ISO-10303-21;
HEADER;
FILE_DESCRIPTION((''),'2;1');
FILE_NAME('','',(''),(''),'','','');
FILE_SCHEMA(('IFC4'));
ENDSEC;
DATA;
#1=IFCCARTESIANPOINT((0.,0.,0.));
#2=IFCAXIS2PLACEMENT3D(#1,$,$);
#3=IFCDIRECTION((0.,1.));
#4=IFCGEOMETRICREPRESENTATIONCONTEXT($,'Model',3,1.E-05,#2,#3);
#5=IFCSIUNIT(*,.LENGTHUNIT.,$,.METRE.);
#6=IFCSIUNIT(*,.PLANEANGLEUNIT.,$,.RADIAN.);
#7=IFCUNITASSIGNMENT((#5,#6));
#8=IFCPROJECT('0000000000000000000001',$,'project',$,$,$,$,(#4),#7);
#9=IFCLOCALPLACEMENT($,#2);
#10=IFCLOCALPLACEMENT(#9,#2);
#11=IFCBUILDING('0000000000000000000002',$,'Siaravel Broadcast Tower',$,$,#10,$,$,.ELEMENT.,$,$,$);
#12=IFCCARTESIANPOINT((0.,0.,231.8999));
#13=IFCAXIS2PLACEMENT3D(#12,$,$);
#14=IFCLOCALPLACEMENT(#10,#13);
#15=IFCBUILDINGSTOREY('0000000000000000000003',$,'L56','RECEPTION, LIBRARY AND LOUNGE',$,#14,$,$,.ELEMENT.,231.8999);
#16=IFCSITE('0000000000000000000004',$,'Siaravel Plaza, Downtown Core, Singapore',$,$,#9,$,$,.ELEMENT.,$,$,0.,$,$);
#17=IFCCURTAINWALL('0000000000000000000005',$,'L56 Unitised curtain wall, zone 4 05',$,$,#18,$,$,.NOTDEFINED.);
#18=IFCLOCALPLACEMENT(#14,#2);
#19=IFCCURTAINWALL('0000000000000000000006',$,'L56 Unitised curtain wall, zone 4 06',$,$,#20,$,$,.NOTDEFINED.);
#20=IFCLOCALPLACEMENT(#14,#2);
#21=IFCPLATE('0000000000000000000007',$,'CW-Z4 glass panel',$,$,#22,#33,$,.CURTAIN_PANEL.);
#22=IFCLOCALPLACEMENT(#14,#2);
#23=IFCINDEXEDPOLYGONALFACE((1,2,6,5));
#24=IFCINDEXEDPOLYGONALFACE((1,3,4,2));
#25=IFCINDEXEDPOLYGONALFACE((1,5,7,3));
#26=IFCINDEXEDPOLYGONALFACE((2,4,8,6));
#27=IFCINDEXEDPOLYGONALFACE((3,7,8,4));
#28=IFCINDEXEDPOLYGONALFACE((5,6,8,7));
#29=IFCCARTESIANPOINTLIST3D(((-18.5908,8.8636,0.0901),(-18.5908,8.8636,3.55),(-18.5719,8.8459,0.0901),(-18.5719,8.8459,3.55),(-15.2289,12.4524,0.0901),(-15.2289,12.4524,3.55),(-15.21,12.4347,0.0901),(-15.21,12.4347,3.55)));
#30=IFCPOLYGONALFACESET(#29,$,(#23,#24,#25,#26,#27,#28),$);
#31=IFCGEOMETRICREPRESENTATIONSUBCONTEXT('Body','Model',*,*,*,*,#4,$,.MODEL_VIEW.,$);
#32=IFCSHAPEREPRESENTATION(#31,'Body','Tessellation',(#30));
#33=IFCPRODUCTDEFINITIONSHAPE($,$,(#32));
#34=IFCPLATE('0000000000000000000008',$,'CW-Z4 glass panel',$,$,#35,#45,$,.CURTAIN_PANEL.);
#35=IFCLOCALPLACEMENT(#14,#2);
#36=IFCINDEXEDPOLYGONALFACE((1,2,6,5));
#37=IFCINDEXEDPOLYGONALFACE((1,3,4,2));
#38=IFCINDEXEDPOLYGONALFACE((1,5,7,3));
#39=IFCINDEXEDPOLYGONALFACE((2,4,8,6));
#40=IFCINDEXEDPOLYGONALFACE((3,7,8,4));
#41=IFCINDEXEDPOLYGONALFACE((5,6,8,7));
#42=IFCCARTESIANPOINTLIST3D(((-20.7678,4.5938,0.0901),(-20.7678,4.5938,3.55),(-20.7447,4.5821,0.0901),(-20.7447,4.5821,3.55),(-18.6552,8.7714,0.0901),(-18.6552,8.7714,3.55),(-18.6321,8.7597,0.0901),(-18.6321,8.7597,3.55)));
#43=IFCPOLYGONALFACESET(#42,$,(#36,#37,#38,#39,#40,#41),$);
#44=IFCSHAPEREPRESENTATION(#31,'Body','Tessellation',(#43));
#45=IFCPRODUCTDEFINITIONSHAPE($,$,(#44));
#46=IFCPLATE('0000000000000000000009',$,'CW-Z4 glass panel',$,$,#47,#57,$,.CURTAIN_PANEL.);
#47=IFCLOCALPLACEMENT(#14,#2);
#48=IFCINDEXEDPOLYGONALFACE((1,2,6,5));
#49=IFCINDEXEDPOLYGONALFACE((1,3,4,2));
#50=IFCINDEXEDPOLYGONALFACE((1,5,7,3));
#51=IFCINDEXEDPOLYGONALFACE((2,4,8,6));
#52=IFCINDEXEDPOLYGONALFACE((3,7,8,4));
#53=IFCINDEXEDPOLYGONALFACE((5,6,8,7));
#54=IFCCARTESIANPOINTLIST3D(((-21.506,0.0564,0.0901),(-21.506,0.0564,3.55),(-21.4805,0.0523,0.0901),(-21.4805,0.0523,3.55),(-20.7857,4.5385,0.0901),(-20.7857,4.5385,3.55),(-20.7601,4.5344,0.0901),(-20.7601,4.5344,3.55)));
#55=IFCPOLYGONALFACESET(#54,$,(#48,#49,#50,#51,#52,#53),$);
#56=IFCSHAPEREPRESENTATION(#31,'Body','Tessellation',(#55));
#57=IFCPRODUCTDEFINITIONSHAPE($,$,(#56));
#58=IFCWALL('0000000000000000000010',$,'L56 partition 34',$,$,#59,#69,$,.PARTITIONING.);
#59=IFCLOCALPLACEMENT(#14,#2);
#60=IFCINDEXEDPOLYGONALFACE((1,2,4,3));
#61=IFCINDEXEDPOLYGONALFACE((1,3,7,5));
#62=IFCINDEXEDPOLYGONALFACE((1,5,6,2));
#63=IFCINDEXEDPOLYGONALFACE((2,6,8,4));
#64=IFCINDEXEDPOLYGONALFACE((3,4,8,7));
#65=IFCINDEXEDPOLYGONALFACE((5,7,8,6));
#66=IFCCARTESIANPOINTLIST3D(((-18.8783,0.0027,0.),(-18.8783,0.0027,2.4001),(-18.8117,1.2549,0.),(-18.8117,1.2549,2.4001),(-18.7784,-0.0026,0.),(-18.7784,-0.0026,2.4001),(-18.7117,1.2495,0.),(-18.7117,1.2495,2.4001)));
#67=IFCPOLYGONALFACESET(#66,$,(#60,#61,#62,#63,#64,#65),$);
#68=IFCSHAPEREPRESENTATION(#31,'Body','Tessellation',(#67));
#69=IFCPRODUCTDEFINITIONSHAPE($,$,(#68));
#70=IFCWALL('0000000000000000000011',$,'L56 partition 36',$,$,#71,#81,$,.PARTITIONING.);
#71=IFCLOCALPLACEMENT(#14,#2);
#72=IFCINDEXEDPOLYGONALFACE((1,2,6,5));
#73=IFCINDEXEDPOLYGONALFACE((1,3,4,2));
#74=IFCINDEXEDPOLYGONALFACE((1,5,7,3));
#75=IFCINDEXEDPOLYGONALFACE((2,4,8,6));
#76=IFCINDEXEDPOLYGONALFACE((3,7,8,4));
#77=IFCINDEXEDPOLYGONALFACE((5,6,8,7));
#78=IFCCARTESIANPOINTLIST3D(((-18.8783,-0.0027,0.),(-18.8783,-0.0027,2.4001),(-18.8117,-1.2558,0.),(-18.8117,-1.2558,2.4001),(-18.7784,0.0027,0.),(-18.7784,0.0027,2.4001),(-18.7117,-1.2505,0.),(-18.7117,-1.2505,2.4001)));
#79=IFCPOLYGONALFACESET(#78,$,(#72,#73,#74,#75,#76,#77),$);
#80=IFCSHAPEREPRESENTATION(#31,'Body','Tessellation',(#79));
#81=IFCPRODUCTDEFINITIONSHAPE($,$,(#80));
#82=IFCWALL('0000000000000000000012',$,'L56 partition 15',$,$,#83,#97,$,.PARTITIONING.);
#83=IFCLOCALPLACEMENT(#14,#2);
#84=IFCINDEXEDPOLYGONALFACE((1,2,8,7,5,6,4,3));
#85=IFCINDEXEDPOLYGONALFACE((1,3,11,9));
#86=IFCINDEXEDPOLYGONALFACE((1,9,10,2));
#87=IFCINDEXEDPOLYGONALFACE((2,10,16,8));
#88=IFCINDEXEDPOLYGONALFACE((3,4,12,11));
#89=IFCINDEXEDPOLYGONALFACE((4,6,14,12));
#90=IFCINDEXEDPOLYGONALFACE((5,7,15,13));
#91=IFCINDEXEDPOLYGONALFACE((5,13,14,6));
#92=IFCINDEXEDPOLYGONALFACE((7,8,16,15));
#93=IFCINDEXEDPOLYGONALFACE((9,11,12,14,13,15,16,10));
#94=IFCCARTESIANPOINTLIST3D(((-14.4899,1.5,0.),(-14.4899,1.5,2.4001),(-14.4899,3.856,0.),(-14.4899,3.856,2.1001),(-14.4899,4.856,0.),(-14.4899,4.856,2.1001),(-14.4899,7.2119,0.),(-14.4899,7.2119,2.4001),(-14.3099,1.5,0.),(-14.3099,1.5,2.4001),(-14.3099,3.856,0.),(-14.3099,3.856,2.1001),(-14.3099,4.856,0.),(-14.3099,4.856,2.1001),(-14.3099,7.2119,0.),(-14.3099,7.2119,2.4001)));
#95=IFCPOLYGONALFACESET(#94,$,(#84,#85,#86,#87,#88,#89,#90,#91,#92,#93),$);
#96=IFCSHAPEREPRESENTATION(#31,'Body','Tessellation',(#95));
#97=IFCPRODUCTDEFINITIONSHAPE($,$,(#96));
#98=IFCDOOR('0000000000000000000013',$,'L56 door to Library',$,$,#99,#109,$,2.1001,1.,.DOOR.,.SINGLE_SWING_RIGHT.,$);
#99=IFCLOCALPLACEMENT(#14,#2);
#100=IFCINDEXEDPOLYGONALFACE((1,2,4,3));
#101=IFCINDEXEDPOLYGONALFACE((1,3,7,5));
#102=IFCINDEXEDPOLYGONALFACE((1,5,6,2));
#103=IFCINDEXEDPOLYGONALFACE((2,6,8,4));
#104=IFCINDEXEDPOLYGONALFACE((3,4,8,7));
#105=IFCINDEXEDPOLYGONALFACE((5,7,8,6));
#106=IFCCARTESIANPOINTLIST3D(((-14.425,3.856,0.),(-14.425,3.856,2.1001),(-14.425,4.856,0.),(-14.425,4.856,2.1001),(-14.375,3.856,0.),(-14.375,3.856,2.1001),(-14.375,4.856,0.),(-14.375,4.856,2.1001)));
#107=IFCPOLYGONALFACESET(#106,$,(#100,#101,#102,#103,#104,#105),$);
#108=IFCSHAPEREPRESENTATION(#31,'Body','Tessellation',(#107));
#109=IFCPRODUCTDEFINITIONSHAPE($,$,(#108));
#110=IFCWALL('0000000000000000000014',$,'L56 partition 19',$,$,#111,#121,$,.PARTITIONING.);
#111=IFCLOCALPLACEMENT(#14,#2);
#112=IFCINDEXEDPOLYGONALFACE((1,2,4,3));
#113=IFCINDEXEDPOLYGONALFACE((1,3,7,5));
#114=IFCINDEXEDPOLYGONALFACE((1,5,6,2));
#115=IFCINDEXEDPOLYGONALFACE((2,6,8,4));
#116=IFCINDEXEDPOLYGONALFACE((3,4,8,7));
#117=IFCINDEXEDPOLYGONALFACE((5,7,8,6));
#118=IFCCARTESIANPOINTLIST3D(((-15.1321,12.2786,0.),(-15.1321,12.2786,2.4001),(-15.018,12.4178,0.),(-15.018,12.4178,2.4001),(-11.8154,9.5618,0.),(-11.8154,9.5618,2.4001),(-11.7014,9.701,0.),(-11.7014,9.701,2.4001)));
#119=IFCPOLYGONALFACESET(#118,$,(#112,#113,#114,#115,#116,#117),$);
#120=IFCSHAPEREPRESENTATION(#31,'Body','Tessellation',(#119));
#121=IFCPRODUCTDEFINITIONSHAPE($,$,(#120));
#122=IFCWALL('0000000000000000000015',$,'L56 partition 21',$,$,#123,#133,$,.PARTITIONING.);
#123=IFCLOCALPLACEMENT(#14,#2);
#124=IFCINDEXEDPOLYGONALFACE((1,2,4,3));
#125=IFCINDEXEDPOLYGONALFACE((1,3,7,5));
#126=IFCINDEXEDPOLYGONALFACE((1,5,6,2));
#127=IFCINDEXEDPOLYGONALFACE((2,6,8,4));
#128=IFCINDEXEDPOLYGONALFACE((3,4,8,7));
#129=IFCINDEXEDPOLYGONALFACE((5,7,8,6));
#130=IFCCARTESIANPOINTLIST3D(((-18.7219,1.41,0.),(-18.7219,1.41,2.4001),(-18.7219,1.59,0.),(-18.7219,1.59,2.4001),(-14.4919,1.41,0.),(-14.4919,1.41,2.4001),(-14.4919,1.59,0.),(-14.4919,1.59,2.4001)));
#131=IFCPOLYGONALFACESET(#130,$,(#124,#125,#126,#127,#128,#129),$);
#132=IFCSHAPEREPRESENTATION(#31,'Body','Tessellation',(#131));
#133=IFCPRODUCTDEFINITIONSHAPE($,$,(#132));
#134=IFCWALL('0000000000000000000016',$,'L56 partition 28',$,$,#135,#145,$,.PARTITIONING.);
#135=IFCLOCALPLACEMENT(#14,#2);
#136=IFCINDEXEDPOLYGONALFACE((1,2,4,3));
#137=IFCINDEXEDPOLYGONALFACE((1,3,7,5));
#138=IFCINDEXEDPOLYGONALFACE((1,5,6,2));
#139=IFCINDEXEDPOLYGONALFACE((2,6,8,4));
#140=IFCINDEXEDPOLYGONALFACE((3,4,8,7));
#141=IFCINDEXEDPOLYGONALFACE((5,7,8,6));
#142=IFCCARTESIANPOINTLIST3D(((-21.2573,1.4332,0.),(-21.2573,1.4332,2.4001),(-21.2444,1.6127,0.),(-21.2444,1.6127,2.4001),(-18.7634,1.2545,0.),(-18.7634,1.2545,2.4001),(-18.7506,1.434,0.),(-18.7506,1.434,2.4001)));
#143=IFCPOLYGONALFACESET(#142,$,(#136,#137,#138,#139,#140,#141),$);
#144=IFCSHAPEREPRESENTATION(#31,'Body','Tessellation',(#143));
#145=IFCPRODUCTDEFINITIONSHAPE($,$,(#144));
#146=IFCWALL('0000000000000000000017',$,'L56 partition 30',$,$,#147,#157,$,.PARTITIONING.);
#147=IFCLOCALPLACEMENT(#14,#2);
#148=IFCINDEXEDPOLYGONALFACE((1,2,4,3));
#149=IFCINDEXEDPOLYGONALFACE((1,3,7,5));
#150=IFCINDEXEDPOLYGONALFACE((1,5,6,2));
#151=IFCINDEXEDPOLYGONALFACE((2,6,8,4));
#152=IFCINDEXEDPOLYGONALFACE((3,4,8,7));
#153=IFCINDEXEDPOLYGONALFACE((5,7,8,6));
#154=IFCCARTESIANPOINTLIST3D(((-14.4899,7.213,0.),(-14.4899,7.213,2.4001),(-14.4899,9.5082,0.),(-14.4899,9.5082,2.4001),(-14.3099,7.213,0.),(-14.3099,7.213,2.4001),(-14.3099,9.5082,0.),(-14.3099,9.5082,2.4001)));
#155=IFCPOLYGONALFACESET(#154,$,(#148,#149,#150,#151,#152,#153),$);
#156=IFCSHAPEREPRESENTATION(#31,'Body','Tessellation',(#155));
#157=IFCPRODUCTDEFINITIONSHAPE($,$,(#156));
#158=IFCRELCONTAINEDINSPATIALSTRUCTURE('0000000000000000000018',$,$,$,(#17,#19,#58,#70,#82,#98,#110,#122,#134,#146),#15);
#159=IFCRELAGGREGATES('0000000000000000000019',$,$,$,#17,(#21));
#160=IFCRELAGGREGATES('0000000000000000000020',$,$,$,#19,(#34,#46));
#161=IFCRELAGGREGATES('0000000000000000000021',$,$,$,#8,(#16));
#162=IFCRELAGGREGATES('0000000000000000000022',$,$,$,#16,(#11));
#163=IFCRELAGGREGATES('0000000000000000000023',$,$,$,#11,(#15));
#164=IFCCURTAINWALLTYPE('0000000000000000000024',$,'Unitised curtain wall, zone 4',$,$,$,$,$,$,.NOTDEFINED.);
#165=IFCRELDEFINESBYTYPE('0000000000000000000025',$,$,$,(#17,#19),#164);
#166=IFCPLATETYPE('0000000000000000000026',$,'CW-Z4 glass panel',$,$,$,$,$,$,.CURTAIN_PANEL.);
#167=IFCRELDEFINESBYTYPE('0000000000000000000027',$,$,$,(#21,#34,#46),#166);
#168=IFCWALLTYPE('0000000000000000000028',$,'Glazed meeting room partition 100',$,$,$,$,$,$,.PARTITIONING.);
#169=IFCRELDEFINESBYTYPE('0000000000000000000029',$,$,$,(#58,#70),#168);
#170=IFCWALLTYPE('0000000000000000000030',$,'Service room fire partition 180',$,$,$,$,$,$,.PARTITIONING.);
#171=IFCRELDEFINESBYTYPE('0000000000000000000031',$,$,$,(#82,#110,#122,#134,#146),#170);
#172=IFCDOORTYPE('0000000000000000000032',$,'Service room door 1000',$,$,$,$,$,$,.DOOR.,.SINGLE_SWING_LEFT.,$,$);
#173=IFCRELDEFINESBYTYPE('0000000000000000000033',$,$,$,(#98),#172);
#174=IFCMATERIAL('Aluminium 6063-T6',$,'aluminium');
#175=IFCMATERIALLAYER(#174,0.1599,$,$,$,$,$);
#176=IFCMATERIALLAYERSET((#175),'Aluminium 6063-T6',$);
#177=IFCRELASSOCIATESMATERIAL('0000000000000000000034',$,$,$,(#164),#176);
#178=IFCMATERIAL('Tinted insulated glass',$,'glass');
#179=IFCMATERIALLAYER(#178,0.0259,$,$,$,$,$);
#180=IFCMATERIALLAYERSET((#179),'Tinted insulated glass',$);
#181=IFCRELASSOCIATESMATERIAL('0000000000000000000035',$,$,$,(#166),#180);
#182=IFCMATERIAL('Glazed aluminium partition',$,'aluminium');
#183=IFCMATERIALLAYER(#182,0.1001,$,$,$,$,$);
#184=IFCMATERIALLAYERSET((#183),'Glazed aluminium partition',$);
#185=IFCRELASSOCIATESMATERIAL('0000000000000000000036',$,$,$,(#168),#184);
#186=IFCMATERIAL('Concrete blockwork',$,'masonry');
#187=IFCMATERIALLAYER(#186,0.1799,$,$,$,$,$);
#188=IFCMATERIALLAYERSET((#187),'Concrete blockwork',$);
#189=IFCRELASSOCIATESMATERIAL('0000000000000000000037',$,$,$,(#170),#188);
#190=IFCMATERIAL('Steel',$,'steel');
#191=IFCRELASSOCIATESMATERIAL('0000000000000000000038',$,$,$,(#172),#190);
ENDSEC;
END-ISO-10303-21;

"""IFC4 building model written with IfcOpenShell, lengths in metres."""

from ifc_helpers import new_model, si_unit, direction, frame, frame_2d, origin, origin_2d, place, context, subcontext, project, spatial, rectangle, extrude, material, layer, layer_set, type_object, element, fill, aggregate, save


model = new_model("IFC4")

# Units and contexts
model_context = context("Model", 3, precision=1e-05, world=origin(), true_north=direction((0.0, 1.0)))
body_context = subcontext(model_context, "Body", "Model", "MODEL_VIEW")
ifc_project = project(units=[si_unit("LENGTHUNIT", "METRE"), si_unit("PLANEANGLEUNIT", "RADIAN")], contexts=[model_context])

# Site, building, storey
site_placement = place(None, origin())
site = spatial("IfcSite", under=ifc_project, at=site_placement, Name="Siaravel Plaza, Downtown Core, Singapore", CompositionType="ELEMENT", RefElevation=0.0)
building_placement = place(site_placement, origin())
building = spatial("IfcBuilding", under=site, at=building_placement, Name="Siaravel Broadcast Tower", CompositionType="ELEMENT")
storey_placement = place(building_placement, frame((0.0, 0.0, 231.8999)))
storey = spatial("IfcBuildingStorey", under=building, at=storey_placement, Name="L56", Description="RECEPTION, LIBRARY AND LOUNGE", CompositionType="ELEMENT", Elevation=231.8999)

# Curtain walls
ifc_material_1 = material(Name="Aluminium 6063-T6", Category="aluminium")
ifc_layer_1 = layer(ifc_material_1, 0.1599)
ifc_layer_set_1 = layer_set([ifc_layer_1], Name="Aluminium 6063-T6")
curtain_wall_type = type_object("IfcCurtainWallType", Name="Unitised curtain wall, zone 4", PredefinedType="NOTDEFINED", material=ifc_layer_set_1)
curtain_wall_1_placement = place(storey_placement, origin())
curtain_wall_1 = element("IfcCurtainWall", 1, at=curtain_wall_1_placement, inside=storey, type_object=curtain_wall_type, Name="L56 Unitised curtain wall, zone 4 05", PredefinedType="NOTDEFINED")
curtain_wall_2_placement = place(storey_placement, origin())
curtain_wall_2 = element("IfcCurtainWall", 2, at=curtain_wall_2_placement, inside=storey, type_object=curtain_wall_type, Name="L56 Unitised curtain wall, zone 4 06", PredefinedType="NOTDEFINED")

# Plates
ifc_material_2 = material(Name="Tinted insulated glass", Category="glass")
ifc_layer_2 = layer(ifc_material_2, 0.0259)
ifc_layer_set_2 = layer_set([ifc_layer_2], Name="Tinted insulated glass")
plate_type = type_object("IfcPlateType", Name="CW-Z4 glass panel", PredefinedType="CURTAIN_PANEL", material=ifc_layer_set_2)
plate_1_placement = place(storey_placement, frame((-16.9004, 10.6492, 0.0901), z_axis=(0.0, 0.0, 1.0), x_axis=(-0.683654, -0.729806, 0.0)))
plate_1 = element("IfcPlate", 3, at=plate_1_placement, type_object=plate_type, Name="CW-Z4 glass panel", PredefinedType="CURTAIN_PANEL", context=body_context, shape_type="SweptSolid", body=[
    extrude(rectangle(XDim=4.9175, YDim=0.0259, at=origin_2d()), origin(), (0.0, 0.0, 1.0), 3.46),
])
aggregate(curtain_wall_1, [plate_1])
plate_2_placement = place(storey_placement, frame((-19.7, 6.6768, 0.0901), z_axis=(0.0, 0.0, 1.0), x_axis=(-0.451259, -0.892393, 0.0)))
plate_2 = element("IfcPlate", 4, at=plate_2_placement, type_object=plate_type, Name="CW-Z4 glass panel", PredefinedType="CURTAIN_PANEL", context=body_context, shape_type="SweptSolid", body=[
    extrude(rectangle(XDim=4.6814, YDim=0.0259, at=origin_2d()), origin(), (0.0, 0.0, 1.0), 3.46),
])
plate_3_placement = place(storey_placement, frame((-21.1331, 2.2954, 0.0901), z_axis=(0.0, 0.0, 1.0), x_axis=(-0.158685, -0.987329, 0.0)))
plate_3 = element("IfcPlate", 5, at=plate_3_placement, type_object=plate_type, Name="CW-Z4 glass panel", PredefinedType="CURTAIN_PANEL", context=body_context, shape_type="SweptSolid", body=[
    extrude(rectangle(XDim=4.5396, YDim=0.0259, at=origin_2d()), origin(), (0.0, 0.0, 1.0), 3.46),
])
aggregate(curtain_wall_2, [plate_2, plate_3])

# Walls
ifc_material_3 = material(Name="Glazed aluminium partition", Category="aluminium")
ifc_layer_3 = layer(ifc_material_3, 0.1001)
ifc_layer_set_3 = layer_set([ifc_layer_3], Name="Glazed aluminium partition")
wall_type_1 = type_object("IfcWallType", Name="Glazed meeting room partition 100", PredefinedType="PARTITIONING", material=ifc_layer_set_3)
wall_1_placement = place(storey_placement, frame((-18.7617, 1.2522, 0.0), z_axis=(0.0, 0.0, 1.0), x_axis=(-0.053152, -0.998586, 0.0)))
element("IfcWall", 6, at=wall_1_placement, inside=storey, type_object=wall_type_1, Name="L56 partition 34", PredefinedType="PARTITIONING", context=body_context, shape_type="SweptSolid", body=[
    extrude(rectangle(XDim=1.2539, YDim=0.1001, at=frame_2d((0.627, 0.0))), origin(), (0.0, 0.0, 1.0), 2.4001),
])
wall_2_placement = place(storey_placement, frame((-18.8284, 0.0, 0.0), z_axis=(0.0, 0.0, 1.0), x_axis=(0.05311, -0.998589, 0.0)))
element("IfcWall", 7, at=wall_2_placement, inside=storey, type_object=wall_type_1, Name="L56 partition 36", PredefinedType="PARTITIONING", context=body_context, shape_type="SweptSolid", body=[
    extrude(rectangle(XDim=1.2549, YDim=0.1001, at=frame_2d((0.6274, 0.0))), origin(), (0.0, 0.0, 1.0), 2.4001),
])

# Wall, opening, door
ifc_material_4 = material(Name="Concrete blockwork", Category="masonry")
ifc_layer_4 = layer(ifc_material_4, 0.1799)
ifc_layer_set_4 = layer_set([ifc_layer_4], Name="Concrete blockwork")
wall_type_2 = type_object("IfcWallType", Name="Service room fire partition 180", PredefinedType="PARTITIONING", material=ifc_layer_set_4)
wall_3_placement = place(storey_placement, frame((-14.3999, 7.2119, 0.0), z_axis=(0.0, 0.0, 1.0), x_axis=(0.0, -1.0, 0.0)))
wall_3 = element("IfcWall", 8, at=wall_3_placement, inside=storey, type_object=wall_type_2, Name="L56 partition 15", PredefinedType="PARTITIONING", context=body_context, shape_type="SweptSolid", body=[
    extrude(rectangle(XDim=5.7119, YDim=0.1799, at=frame_2d((2.856, 0.0))), origin(), (0.0, 0.0, 1.0), 2.4001),
])
opening_placement = place(wall_3_placement, frame((2.356, 0.0, 0.0)))
opening = element("IfcOpeningElement", 9, at=opening_placement, cuts=wall_3, PredefinedType="OPENING", context=body_context, shape_type="SweptSolid", body=[
    extrude(rectangle(XDim=1.0, YDim=2.1001, at=frame_2d((0.5, 1.05))), frame((0.0, 0.0999, 0.0), z_axis=(0.0, -1.0, 0.0), x_axis=(1.0, 0.0, 0.0)), (0.0, 0.0, 1.0), 0.2),
])
ifc_material_5 = material(Name="Steel", Category="steel")
door_type = type_object("IfcDoorType", Name="Service room door 1000", OperationType="SINGLE_SWING_LEFT", PredefinedType="DOOR", material=ifc_material_5)
door_placement = place(opening_placement, origin())
door = element("IfcDoor", 10, at=door_placement, inside=storey, type_object=door_type, Name="L56 door to Library", OperationType="SINGLE_SWING_RIGHT", OverallHeight=2.1001, OverallWidth=1.0, PredefinedType="DOOR", context=body_context, shape_type="SweptSolid", body=[
    extrude(rectangle(XDim=1.0, YDim=2.1001, at=frame_2d((0.5, 1.05))), frame((0.0, 0.0249, 0.0), z_axis=(0.0, -1.0, 0.0), x_axis=(1.0, 0.0, 0.0)), (0.0, 0.0, 1.0), 0.05),
])
fill(opening, door)

# Walls
wall_4_placement = place(storey_placement, frame((-15.075, 12.3481, 0.0), z_axis=(0.0, 0.0, 1.0), x_axis=(0.773594, -0.633681, 0.0)))
element("IfcWall", 11, at=wall_4_placement, inside=storey, type_object=wall_type_2, Name="L56 partition 19", PredefinedType="PARTITIONING", context=body_context, shape_type="SweptSolid", body=[
    extrude(rectangle(XDim=4.2874, YDim=0.1799, at=frame_2d((2.1436, 0.0))), origin(), (0.0, 0.0, 1.0), 2.4001),
])
wall_5_placement = place(storey_placement, frame((-14.4919, 1.5, 0.0), z_axis=(0.0, 0.0, 1.0), x_axis=(-1.0, 0.0, 0.0)))
element("IfcWall", 12, at=wall_5_placement, inside=storey, type_object=wall_type_2, Name="L56 partition 21", PredefinedType="PARTITIONING", context=body_context, shape_type="SweptSolid", body=[
    extrude(rectangle(XDim=4.23, YDim=0.1799, at=frame_2d((2.115, 0.0))), origin(), (0.0, 0.0, 1.0), 2.4001),
])
wall_6_placement = place(storey_placement, frame((-21.2507, 1.5229, 0.0), z_axis=(0.0, 0.0, 1.0), x_axis=(0.997442, -0.071476, 0.0)))
element("IfcWall", 13, at=wall_6_placement, inside=storey, type_object=wall_type_2, Name="L56 partition 28", PredefinedType="PARTITIONING", context=body_context, shape_type="SweptSolid", body=[
    extrude(rectangle(XDim=2.5002, YDim=0.1799, at=frame_2d((1.25, 0.0))), origin(), (0.0, 0.0, 1.0), 2.4001),
])
wall_7_placement = place(storey_placement, frame((-14.3999, 9.5081, 0.0), z_axis=(0.0, 0.0, 1.0), x_axis=(0.0, -1.0, 0.0)))
element("IfcWall", 14, at=wall_7_placement, inside=storey, type_object=wall_type_2, Name="L56 partition 30", PredefinedType="PARTITIONING", context=body_context, shape_type="SweptSolid", body=[
    extrude(rectangle(XDim=2.2952, YDim=0.1799, at=frame_2d((1.1475, 0.0))), origin(), (0.0, 0.0, 1.0), 2.4001),
])

save(model, "model.ifc")
